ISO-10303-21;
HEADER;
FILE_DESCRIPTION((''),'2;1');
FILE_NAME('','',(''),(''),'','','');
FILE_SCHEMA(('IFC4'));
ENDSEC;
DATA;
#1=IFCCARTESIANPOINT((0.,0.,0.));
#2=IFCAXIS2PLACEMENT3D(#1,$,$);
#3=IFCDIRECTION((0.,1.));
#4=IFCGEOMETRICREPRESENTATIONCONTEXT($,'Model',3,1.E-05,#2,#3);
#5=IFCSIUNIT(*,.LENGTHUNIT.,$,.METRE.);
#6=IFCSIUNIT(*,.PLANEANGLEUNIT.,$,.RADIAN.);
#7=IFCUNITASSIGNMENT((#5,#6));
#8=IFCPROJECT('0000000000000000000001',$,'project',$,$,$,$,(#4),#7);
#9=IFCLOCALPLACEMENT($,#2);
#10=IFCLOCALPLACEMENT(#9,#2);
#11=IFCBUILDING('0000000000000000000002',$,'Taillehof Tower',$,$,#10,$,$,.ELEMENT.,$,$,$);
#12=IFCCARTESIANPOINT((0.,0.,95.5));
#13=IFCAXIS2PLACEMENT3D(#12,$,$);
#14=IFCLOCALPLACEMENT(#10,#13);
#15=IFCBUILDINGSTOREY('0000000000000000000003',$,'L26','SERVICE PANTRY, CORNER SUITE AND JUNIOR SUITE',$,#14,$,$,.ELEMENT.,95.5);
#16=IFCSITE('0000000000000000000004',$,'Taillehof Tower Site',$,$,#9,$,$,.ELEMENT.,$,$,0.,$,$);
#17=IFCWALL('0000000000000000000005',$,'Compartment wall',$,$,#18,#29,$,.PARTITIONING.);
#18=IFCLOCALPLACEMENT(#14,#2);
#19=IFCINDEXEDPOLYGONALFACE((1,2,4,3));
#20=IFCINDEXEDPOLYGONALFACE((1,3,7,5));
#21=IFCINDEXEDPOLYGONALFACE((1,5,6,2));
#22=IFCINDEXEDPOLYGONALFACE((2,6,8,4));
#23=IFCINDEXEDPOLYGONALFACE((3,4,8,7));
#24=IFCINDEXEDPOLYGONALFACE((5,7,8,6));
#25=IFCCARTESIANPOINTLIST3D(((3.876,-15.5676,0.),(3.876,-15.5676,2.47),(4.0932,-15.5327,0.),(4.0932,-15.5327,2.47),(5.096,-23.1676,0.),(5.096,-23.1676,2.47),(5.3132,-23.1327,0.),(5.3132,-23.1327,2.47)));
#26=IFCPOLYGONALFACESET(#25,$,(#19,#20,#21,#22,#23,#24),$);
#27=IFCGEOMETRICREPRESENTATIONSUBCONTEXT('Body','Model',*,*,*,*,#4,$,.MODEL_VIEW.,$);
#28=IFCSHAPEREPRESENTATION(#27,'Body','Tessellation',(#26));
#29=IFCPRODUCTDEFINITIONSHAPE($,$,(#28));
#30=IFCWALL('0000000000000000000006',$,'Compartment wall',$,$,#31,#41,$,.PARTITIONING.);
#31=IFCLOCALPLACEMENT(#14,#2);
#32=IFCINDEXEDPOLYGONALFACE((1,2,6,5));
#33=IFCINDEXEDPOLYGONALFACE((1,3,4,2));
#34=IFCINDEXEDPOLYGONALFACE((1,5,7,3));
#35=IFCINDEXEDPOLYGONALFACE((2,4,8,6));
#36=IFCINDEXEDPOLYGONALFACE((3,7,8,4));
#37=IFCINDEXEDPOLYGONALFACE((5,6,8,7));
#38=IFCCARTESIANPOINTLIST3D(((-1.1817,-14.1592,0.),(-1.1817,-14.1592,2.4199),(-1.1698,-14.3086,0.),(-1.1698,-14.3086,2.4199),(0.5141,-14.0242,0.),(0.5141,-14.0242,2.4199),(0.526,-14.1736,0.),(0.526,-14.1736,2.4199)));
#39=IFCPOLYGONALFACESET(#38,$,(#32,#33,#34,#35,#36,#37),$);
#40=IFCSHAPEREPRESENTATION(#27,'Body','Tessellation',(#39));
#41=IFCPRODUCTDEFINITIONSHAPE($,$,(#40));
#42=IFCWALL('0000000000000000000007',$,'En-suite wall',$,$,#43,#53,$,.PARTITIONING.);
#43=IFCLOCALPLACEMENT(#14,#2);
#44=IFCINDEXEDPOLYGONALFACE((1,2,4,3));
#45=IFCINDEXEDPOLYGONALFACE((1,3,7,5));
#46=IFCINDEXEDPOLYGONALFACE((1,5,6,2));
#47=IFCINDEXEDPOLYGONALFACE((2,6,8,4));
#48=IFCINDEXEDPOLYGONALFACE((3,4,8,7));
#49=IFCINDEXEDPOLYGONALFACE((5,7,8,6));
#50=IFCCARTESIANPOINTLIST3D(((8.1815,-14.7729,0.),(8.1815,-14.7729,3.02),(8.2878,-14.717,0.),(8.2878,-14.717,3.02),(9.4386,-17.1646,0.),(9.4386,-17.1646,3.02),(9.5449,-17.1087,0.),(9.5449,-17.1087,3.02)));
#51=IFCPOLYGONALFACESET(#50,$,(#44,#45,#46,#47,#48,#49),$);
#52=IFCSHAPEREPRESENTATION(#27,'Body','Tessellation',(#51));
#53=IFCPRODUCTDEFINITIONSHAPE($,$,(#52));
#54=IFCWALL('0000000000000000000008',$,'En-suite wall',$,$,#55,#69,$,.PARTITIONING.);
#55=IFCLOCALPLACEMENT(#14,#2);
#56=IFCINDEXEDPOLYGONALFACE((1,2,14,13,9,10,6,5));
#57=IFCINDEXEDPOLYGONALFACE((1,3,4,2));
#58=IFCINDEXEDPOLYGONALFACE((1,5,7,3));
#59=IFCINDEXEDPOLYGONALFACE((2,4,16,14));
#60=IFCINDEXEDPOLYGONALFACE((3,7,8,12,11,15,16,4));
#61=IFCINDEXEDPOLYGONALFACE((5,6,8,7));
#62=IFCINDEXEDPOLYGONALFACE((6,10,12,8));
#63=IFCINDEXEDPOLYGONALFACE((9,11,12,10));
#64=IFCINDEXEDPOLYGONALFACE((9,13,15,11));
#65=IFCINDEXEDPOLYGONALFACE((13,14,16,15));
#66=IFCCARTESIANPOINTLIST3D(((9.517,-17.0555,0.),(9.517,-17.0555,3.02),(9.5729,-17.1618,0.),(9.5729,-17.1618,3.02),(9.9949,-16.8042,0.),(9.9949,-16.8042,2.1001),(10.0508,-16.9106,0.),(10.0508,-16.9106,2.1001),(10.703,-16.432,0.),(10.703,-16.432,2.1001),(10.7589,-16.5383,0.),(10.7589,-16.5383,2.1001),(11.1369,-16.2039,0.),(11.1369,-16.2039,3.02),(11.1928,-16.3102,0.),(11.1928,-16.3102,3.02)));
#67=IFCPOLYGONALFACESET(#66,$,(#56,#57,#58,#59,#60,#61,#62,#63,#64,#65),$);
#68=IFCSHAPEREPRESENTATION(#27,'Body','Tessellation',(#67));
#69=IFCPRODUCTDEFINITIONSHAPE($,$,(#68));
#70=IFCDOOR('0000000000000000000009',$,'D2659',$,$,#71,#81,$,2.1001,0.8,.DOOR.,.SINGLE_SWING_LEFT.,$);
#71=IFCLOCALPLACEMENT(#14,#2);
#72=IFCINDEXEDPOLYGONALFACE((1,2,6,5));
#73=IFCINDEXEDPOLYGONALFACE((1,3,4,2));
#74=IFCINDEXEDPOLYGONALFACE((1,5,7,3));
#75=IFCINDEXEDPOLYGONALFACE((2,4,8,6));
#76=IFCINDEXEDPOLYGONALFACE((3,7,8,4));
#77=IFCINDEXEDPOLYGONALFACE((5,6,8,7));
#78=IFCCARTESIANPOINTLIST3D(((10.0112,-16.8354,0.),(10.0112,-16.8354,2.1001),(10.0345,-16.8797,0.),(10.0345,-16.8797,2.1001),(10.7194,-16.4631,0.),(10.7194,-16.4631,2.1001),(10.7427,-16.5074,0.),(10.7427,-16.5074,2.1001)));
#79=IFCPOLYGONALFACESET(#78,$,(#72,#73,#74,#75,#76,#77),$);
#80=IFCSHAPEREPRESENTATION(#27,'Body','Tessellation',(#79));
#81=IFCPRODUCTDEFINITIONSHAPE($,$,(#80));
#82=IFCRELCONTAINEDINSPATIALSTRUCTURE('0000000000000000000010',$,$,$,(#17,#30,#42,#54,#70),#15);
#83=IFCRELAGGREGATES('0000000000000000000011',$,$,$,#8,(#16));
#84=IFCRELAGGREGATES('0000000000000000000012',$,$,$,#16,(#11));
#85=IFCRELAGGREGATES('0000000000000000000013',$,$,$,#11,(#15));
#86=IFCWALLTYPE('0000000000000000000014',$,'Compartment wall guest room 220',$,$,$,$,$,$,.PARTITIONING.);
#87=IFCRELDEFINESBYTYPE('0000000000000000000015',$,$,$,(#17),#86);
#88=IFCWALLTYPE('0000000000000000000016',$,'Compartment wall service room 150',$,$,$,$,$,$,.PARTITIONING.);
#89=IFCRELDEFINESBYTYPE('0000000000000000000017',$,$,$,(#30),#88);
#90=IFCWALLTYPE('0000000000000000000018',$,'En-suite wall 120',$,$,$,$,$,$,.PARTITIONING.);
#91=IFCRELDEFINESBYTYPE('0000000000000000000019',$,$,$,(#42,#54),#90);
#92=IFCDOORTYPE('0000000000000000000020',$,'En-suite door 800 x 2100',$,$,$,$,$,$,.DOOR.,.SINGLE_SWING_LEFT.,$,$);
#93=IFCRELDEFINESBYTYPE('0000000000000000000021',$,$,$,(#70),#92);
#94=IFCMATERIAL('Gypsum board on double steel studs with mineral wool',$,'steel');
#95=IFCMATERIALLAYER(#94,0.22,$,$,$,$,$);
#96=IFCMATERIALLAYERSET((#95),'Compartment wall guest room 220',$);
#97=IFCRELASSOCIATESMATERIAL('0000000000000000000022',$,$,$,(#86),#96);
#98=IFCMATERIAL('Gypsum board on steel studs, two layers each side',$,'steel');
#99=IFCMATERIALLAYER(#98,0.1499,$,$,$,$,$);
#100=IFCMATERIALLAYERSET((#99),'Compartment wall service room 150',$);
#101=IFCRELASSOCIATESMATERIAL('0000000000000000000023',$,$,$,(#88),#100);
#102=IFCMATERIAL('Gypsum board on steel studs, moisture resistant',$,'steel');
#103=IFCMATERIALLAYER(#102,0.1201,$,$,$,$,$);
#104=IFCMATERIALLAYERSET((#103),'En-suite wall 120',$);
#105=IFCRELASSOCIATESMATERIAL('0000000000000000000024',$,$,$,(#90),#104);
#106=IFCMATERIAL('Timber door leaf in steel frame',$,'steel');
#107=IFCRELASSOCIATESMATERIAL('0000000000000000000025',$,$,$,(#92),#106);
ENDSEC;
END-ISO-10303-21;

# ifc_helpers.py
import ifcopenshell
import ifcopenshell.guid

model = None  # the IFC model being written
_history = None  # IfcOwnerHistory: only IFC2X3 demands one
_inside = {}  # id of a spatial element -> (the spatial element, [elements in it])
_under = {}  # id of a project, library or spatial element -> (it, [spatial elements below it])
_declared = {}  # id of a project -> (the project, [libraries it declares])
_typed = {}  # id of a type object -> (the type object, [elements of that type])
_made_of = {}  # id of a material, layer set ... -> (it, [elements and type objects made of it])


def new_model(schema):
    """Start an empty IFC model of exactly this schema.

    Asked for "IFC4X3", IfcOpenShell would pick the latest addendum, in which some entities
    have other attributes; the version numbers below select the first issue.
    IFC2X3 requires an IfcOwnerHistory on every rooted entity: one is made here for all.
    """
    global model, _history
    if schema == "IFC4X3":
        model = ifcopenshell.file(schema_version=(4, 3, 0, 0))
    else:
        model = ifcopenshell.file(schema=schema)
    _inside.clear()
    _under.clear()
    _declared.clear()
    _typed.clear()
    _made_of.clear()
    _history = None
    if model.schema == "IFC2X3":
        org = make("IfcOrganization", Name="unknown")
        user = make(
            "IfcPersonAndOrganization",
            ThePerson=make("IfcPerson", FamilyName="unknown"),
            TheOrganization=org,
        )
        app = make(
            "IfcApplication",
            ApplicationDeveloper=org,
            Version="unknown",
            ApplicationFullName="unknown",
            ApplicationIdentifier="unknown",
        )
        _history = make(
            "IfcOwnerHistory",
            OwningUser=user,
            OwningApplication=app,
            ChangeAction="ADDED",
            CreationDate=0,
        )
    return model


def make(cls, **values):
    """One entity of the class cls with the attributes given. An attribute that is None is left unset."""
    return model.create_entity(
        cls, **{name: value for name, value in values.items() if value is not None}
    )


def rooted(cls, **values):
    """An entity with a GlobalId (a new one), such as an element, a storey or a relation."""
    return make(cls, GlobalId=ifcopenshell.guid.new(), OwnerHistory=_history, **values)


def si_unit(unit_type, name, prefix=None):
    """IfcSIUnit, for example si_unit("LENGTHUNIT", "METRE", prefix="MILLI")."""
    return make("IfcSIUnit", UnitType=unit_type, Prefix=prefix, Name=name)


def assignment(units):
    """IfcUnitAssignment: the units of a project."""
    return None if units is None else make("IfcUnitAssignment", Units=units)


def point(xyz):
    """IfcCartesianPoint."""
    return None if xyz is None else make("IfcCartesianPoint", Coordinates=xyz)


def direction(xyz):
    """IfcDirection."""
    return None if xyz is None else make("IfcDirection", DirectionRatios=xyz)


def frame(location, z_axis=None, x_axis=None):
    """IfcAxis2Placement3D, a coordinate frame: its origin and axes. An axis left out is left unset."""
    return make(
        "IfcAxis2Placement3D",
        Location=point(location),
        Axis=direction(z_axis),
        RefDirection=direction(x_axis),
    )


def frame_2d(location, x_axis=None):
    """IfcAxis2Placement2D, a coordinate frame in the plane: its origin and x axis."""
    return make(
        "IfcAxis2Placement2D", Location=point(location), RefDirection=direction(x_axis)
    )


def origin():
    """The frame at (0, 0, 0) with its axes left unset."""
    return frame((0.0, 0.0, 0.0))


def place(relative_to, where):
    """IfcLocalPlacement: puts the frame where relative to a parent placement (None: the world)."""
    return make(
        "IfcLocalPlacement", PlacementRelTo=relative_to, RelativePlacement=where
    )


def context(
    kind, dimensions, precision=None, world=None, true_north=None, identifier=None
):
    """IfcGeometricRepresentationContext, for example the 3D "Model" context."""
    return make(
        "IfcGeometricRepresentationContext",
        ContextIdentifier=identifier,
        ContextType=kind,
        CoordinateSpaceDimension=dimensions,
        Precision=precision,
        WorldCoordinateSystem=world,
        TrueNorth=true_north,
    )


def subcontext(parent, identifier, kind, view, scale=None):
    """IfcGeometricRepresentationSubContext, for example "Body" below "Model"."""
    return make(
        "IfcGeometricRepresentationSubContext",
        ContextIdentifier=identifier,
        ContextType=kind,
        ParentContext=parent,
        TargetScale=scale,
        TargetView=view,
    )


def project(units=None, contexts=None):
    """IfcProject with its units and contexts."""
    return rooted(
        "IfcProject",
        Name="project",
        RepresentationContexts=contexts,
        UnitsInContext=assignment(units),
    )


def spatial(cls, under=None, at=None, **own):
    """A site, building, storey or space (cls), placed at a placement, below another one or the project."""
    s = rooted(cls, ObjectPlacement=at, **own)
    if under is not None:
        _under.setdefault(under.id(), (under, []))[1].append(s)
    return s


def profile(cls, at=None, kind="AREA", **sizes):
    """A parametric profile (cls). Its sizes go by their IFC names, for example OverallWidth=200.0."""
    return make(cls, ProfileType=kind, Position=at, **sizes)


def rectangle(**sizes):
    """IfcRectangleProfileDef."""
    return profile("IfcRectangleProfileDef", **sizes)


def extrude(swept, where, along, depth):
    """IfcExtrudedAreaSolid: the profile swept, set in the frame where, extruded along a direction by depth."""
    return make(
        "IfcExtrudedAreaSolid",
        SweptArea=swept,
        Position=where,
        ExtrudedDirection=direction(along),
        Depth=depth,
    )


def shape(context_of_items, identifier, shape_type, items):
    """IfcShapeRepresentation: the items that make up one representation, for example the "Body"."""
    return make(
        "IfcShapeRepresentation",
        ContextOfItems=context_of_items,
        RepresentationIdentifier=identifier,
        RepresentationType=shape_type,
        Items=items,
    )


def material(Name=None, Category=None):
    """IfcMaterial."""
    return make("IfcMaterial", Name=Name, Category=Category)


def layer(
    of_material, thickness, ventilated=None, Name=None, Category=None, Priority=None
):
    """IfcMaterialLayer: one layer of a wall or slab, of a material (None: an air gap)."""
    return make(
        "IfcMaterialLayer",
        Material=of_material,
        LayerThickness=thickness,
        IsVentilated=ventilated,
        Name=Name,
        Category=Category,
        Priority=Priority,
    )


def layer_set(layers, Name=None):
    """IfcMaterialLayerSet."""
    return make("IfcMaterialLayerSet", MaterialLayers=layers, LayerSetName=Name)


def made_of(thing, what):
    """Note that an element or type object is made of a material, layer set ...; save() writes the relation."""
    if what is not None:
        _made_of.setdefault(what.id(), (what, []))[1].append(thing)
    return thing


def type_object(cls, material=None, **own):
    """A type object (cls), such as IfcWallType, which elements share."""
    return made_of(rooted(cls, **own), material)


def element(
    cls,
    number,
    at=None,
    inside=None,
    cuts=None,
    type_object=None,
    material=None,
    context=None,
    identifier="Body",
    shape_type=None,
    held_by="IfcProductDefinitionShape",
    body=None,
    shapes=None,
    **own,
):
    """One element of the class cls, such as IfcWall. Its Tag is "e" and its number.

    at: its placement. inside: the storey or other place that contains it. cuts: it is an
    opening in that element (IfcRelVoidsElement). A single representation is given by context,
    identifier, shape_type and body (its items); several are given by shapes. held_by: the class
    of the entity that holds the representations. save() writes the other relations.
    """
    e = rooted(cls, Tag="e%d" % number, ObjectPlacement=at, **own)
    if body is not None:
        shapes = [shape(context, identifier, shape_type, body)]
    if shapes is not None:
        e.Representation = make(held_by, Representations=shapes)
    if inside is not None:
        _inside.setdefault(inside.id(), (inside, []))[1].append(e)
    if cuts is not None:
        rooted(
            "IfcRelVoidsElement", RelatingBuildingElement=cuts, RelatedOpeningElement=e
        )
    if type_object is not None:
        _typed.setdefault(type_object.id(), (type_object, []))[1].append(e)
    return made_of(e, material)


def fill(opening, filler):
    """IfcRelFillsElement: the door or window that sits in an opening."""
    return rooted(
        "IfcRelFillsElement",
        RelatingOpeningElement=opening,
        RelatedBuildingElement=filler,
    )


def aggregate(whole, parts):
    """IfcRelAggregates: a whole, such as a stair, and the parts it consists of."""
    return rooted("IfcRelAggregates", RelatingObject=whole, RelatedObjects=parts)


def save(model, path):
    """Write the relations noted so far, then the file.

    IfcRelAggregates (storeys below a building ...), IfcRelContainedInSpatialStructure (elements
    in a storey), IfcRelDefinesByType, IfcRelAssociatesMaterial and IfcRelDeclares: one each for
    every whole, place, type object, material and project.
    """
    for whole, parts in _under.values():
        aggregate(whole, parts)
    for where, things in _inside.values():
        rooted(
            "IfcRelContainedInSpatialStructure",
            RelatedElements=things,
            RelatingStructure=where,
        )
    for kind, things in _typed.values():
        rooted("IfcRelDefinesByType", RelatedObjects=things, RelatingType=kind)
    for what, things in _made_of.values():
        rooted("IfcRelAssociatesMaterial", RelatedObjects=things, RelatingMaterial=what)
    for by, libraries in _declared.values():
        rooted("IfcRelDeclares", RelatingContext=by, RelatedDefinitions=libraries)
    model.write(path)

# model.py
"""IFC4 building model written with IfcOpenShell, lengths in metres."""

from ifc_helpers import new_model, si_unit, direction, frame, frame_2d, origin, place, context, subcontext, project, spatial, rectangle, extrude, material, layer, layer_set, type_object, element, fill, save


model = new_model("IFC4")

# Units and contexts
model_context = context("Model", 3, precision=1e-05, world=origin(), true_north=direction((0.0, 1.0)))
body_context = subcontext(model_context, "Body", "Model", "MODEL_VIEW")
ifc_project = project(units=[si_unit("LENGTHUNIT", "METRE"), si_unit("PLANEANGLEUNIT", "RADIAN")], contexts=[model_context])

# Site, building, storey
site_placement = place(None, origin())
site = spatial("IfcSite", under=ifc_project, at=site_placement, Name="Taillehof Tower Site", CompositionType="ELEMENT", RefElevation=0.0)
building_placement = place(site_placement, origin())
building = spatial("IfcBuilding", under=site, at=building_placement, Name="Taillehof Tower", CompositionType="ELEMENT")
storey_placement = place(building_placement, frame((0.0, 0.0, 95.5)))
storey = spatial("IfcBuildingStorey", under=building, at=storey_placement, Name="L26", Description="SERVICE PANTRY, CORNER SUITE AND JUNIOR SUITE", CompositionType="ELEMENT", Elevation=95.5)

# Walls
ifc_material_1 = material(Name="Gypsum board on double steel studs with mineral wool", Category="steel")
ifc_layer_1 = layer(ifc_material_1, 0.22)
ifc_layer_set_1 = layer_set([ifc_layer_1], Name="Compartment wall guest room 220")
wall_type_1 = type_object("IfcWallType", Name="Compartment wall guest room 220", PredefinedType="PARTITIONING", material=ifc_layer_set_1)
for number, where, z_axis, x_axis, name in (
    (1, (5.2046, -23.1501, 0.0), (0.0, 0.0, 1.0), (-0.158496, 0.98736, 0.0), "Compartment wall"),
):
    element("IfcWall", number, at=place(storey_placement, frame(where, z_axis=z_axis, x_axis=x_axis)), inside=storey, type_object=wall_type_1, Name=name, PredefinedType="PARTITIONING", context=body_context, shape_type="SweptSolid", body=[
        extrude(rectangle(XDim=7.6973, YDim=0.22, at=frame_2d((3.8486, 0.0))), origin(), (0.0, 0.0, 1.0), 2.47),
    ])
ifc_material_2 = material(Name="Gypsum board on steel studs, two layers each side", Category="steel")
ifc_layer_2 = layer(ifc_material_2, 0.1499)
ifc_layer_set_2 = layer_set([ifc_layer_2], Name="Compartment wall service room 150")
wall_type_2 = type_object("IfcWallType", Name="Compartment wall service room 150", PredefinedType="PARTITIONING", material=ifc_layer_set_2)
wall_1_placement = place(storey_placement, frame((0.52, -14.0989, 0.0), z_axis=(0.0, 0.0, 1.0), x_axis=(-0.996846, -0.079363, 0.0)))
element("IfcWall", 2, at=wall_1_placement, inside=storey, type_object=wall_type_2, Name="Compartment wall", PredefinedType="PARTITIONING", context=body_context, shape_type="SweptSolid", body=[
    extrude(rectangle(XDim=1.7012, YDim=0.1499, at=frame_2d((0.8506, 0.0))), origin(), (0.0, 0.0, 1.0), 2.4199),
])
ifc_material_3 = material(Name="Gypsum board on steel studs, moisture resistant", Category="steel")
ifc_layer_3 = layer(ifc_material_3, 0.1201)
ifc_layer_set_3 = layer_set([ifc_layer_3], Name="En-suite wall 120")
wall_type_3 = type_object("IfcWallType", Name="En-suite wall 120", PredefinedType="PARTITIONING", material=ifc_layer_set_3)
wall_2_placement = place(storey_placement, frame((8.2346, -14.7449, 0.0), z_axis=(0.0, 0.0, 1.0), x_axis=(0.465266, -0.885171, 0.0)))
element("IfcWall", 3, at=wall_2_placement, inside=storey, type_object=wall_type_3, Name="En-suite wall", PredefinedType="PARTITIONING", context=body_context, shape_type="SweptSolid", body=[
    extrude(rectangle(XDim=2.7019, YDim=0.1201, at=frame_2d((1.3511, 0.0))), origin(), (0.0, 0.0, 1.0), 3.02),
])

# Wall, opening, door
wall_3_placement = place(storey_placement, frame((9.5449, -17.1086, 0.0), z_axis=(0.0, 0.0, 1.0), x_axis=(0.885144, 0.465318, 0.0)))
wall_3 = element("IfcWall", 4, at=wall_3_placement, inside=storey, type_object=wall_type_3, Name="En-suite wall", PredefinedType="PARTITIONING", context=body_context, shape_type="SweptSolid", body=[
    extrude(rectangle(XDim=1.8301, YDim=0.1201, at=frame_2d((0.915, 0.0))), origin(), (0.0, 0.0, 1.0), 3.02),
])
opening_1_placement = place(wall_3_placement, frame((0.54, 0.0, 0.0)))
opening_1 = element("IfcOpeningElement", 5, at=opening_1_placement, cuts=wall_3, PredefinedType="OPENING", context=body_context, shape_type="SweptSolid", body=[
    extrude(rectangle(XDim=0.8, YDim=2.1001, at=frame_2d((0.3999, 1.05))), frame((0.0, 0.0701, 0.0), z_axis=(0.0, -1.0, 0.0), x_axis=(1.0, 0.0, 0.0)), (0.0, 0.0, 1.0), 0.1401),
])
ifc_material_4 = material(Name="Timber door leaf in steel frame", Category="steel")
door_type_1 = type_object("IfcDoorType", Name="En-suite door 800 x 2100", OperationType="SINGLE_SWING_LEFT", PredefinedType="DOOR", material=ifc_material_4)
door_1_placement = place(opening_1_placement, origin())
door_1 = element("IfcDoor", 6, at=door_1_placement, inside=storey, type_object=door_type_1, Name="D2659", OperationType="SINGLE_SWING_LEFT", OverallHeight=2.1001, OverallWidth=0.8, PredefinedType="DOOR", context=body_context, shape_type="SweptSolid", body=[
    extrude(rectangle(XDim=0.8, YDim=2.1001, at=frame_2d((0.3999, 1.05))), frame((0.0, 0.0249, 0.0), z_axis=(0.0, -1.0, 0.0), x_axis=(1.0, 0.0, 0.0)), (0.0, 0.0, 1.0), 0.05),
])
fill(opening_1, door_1)

save(model, "model.ifc")
